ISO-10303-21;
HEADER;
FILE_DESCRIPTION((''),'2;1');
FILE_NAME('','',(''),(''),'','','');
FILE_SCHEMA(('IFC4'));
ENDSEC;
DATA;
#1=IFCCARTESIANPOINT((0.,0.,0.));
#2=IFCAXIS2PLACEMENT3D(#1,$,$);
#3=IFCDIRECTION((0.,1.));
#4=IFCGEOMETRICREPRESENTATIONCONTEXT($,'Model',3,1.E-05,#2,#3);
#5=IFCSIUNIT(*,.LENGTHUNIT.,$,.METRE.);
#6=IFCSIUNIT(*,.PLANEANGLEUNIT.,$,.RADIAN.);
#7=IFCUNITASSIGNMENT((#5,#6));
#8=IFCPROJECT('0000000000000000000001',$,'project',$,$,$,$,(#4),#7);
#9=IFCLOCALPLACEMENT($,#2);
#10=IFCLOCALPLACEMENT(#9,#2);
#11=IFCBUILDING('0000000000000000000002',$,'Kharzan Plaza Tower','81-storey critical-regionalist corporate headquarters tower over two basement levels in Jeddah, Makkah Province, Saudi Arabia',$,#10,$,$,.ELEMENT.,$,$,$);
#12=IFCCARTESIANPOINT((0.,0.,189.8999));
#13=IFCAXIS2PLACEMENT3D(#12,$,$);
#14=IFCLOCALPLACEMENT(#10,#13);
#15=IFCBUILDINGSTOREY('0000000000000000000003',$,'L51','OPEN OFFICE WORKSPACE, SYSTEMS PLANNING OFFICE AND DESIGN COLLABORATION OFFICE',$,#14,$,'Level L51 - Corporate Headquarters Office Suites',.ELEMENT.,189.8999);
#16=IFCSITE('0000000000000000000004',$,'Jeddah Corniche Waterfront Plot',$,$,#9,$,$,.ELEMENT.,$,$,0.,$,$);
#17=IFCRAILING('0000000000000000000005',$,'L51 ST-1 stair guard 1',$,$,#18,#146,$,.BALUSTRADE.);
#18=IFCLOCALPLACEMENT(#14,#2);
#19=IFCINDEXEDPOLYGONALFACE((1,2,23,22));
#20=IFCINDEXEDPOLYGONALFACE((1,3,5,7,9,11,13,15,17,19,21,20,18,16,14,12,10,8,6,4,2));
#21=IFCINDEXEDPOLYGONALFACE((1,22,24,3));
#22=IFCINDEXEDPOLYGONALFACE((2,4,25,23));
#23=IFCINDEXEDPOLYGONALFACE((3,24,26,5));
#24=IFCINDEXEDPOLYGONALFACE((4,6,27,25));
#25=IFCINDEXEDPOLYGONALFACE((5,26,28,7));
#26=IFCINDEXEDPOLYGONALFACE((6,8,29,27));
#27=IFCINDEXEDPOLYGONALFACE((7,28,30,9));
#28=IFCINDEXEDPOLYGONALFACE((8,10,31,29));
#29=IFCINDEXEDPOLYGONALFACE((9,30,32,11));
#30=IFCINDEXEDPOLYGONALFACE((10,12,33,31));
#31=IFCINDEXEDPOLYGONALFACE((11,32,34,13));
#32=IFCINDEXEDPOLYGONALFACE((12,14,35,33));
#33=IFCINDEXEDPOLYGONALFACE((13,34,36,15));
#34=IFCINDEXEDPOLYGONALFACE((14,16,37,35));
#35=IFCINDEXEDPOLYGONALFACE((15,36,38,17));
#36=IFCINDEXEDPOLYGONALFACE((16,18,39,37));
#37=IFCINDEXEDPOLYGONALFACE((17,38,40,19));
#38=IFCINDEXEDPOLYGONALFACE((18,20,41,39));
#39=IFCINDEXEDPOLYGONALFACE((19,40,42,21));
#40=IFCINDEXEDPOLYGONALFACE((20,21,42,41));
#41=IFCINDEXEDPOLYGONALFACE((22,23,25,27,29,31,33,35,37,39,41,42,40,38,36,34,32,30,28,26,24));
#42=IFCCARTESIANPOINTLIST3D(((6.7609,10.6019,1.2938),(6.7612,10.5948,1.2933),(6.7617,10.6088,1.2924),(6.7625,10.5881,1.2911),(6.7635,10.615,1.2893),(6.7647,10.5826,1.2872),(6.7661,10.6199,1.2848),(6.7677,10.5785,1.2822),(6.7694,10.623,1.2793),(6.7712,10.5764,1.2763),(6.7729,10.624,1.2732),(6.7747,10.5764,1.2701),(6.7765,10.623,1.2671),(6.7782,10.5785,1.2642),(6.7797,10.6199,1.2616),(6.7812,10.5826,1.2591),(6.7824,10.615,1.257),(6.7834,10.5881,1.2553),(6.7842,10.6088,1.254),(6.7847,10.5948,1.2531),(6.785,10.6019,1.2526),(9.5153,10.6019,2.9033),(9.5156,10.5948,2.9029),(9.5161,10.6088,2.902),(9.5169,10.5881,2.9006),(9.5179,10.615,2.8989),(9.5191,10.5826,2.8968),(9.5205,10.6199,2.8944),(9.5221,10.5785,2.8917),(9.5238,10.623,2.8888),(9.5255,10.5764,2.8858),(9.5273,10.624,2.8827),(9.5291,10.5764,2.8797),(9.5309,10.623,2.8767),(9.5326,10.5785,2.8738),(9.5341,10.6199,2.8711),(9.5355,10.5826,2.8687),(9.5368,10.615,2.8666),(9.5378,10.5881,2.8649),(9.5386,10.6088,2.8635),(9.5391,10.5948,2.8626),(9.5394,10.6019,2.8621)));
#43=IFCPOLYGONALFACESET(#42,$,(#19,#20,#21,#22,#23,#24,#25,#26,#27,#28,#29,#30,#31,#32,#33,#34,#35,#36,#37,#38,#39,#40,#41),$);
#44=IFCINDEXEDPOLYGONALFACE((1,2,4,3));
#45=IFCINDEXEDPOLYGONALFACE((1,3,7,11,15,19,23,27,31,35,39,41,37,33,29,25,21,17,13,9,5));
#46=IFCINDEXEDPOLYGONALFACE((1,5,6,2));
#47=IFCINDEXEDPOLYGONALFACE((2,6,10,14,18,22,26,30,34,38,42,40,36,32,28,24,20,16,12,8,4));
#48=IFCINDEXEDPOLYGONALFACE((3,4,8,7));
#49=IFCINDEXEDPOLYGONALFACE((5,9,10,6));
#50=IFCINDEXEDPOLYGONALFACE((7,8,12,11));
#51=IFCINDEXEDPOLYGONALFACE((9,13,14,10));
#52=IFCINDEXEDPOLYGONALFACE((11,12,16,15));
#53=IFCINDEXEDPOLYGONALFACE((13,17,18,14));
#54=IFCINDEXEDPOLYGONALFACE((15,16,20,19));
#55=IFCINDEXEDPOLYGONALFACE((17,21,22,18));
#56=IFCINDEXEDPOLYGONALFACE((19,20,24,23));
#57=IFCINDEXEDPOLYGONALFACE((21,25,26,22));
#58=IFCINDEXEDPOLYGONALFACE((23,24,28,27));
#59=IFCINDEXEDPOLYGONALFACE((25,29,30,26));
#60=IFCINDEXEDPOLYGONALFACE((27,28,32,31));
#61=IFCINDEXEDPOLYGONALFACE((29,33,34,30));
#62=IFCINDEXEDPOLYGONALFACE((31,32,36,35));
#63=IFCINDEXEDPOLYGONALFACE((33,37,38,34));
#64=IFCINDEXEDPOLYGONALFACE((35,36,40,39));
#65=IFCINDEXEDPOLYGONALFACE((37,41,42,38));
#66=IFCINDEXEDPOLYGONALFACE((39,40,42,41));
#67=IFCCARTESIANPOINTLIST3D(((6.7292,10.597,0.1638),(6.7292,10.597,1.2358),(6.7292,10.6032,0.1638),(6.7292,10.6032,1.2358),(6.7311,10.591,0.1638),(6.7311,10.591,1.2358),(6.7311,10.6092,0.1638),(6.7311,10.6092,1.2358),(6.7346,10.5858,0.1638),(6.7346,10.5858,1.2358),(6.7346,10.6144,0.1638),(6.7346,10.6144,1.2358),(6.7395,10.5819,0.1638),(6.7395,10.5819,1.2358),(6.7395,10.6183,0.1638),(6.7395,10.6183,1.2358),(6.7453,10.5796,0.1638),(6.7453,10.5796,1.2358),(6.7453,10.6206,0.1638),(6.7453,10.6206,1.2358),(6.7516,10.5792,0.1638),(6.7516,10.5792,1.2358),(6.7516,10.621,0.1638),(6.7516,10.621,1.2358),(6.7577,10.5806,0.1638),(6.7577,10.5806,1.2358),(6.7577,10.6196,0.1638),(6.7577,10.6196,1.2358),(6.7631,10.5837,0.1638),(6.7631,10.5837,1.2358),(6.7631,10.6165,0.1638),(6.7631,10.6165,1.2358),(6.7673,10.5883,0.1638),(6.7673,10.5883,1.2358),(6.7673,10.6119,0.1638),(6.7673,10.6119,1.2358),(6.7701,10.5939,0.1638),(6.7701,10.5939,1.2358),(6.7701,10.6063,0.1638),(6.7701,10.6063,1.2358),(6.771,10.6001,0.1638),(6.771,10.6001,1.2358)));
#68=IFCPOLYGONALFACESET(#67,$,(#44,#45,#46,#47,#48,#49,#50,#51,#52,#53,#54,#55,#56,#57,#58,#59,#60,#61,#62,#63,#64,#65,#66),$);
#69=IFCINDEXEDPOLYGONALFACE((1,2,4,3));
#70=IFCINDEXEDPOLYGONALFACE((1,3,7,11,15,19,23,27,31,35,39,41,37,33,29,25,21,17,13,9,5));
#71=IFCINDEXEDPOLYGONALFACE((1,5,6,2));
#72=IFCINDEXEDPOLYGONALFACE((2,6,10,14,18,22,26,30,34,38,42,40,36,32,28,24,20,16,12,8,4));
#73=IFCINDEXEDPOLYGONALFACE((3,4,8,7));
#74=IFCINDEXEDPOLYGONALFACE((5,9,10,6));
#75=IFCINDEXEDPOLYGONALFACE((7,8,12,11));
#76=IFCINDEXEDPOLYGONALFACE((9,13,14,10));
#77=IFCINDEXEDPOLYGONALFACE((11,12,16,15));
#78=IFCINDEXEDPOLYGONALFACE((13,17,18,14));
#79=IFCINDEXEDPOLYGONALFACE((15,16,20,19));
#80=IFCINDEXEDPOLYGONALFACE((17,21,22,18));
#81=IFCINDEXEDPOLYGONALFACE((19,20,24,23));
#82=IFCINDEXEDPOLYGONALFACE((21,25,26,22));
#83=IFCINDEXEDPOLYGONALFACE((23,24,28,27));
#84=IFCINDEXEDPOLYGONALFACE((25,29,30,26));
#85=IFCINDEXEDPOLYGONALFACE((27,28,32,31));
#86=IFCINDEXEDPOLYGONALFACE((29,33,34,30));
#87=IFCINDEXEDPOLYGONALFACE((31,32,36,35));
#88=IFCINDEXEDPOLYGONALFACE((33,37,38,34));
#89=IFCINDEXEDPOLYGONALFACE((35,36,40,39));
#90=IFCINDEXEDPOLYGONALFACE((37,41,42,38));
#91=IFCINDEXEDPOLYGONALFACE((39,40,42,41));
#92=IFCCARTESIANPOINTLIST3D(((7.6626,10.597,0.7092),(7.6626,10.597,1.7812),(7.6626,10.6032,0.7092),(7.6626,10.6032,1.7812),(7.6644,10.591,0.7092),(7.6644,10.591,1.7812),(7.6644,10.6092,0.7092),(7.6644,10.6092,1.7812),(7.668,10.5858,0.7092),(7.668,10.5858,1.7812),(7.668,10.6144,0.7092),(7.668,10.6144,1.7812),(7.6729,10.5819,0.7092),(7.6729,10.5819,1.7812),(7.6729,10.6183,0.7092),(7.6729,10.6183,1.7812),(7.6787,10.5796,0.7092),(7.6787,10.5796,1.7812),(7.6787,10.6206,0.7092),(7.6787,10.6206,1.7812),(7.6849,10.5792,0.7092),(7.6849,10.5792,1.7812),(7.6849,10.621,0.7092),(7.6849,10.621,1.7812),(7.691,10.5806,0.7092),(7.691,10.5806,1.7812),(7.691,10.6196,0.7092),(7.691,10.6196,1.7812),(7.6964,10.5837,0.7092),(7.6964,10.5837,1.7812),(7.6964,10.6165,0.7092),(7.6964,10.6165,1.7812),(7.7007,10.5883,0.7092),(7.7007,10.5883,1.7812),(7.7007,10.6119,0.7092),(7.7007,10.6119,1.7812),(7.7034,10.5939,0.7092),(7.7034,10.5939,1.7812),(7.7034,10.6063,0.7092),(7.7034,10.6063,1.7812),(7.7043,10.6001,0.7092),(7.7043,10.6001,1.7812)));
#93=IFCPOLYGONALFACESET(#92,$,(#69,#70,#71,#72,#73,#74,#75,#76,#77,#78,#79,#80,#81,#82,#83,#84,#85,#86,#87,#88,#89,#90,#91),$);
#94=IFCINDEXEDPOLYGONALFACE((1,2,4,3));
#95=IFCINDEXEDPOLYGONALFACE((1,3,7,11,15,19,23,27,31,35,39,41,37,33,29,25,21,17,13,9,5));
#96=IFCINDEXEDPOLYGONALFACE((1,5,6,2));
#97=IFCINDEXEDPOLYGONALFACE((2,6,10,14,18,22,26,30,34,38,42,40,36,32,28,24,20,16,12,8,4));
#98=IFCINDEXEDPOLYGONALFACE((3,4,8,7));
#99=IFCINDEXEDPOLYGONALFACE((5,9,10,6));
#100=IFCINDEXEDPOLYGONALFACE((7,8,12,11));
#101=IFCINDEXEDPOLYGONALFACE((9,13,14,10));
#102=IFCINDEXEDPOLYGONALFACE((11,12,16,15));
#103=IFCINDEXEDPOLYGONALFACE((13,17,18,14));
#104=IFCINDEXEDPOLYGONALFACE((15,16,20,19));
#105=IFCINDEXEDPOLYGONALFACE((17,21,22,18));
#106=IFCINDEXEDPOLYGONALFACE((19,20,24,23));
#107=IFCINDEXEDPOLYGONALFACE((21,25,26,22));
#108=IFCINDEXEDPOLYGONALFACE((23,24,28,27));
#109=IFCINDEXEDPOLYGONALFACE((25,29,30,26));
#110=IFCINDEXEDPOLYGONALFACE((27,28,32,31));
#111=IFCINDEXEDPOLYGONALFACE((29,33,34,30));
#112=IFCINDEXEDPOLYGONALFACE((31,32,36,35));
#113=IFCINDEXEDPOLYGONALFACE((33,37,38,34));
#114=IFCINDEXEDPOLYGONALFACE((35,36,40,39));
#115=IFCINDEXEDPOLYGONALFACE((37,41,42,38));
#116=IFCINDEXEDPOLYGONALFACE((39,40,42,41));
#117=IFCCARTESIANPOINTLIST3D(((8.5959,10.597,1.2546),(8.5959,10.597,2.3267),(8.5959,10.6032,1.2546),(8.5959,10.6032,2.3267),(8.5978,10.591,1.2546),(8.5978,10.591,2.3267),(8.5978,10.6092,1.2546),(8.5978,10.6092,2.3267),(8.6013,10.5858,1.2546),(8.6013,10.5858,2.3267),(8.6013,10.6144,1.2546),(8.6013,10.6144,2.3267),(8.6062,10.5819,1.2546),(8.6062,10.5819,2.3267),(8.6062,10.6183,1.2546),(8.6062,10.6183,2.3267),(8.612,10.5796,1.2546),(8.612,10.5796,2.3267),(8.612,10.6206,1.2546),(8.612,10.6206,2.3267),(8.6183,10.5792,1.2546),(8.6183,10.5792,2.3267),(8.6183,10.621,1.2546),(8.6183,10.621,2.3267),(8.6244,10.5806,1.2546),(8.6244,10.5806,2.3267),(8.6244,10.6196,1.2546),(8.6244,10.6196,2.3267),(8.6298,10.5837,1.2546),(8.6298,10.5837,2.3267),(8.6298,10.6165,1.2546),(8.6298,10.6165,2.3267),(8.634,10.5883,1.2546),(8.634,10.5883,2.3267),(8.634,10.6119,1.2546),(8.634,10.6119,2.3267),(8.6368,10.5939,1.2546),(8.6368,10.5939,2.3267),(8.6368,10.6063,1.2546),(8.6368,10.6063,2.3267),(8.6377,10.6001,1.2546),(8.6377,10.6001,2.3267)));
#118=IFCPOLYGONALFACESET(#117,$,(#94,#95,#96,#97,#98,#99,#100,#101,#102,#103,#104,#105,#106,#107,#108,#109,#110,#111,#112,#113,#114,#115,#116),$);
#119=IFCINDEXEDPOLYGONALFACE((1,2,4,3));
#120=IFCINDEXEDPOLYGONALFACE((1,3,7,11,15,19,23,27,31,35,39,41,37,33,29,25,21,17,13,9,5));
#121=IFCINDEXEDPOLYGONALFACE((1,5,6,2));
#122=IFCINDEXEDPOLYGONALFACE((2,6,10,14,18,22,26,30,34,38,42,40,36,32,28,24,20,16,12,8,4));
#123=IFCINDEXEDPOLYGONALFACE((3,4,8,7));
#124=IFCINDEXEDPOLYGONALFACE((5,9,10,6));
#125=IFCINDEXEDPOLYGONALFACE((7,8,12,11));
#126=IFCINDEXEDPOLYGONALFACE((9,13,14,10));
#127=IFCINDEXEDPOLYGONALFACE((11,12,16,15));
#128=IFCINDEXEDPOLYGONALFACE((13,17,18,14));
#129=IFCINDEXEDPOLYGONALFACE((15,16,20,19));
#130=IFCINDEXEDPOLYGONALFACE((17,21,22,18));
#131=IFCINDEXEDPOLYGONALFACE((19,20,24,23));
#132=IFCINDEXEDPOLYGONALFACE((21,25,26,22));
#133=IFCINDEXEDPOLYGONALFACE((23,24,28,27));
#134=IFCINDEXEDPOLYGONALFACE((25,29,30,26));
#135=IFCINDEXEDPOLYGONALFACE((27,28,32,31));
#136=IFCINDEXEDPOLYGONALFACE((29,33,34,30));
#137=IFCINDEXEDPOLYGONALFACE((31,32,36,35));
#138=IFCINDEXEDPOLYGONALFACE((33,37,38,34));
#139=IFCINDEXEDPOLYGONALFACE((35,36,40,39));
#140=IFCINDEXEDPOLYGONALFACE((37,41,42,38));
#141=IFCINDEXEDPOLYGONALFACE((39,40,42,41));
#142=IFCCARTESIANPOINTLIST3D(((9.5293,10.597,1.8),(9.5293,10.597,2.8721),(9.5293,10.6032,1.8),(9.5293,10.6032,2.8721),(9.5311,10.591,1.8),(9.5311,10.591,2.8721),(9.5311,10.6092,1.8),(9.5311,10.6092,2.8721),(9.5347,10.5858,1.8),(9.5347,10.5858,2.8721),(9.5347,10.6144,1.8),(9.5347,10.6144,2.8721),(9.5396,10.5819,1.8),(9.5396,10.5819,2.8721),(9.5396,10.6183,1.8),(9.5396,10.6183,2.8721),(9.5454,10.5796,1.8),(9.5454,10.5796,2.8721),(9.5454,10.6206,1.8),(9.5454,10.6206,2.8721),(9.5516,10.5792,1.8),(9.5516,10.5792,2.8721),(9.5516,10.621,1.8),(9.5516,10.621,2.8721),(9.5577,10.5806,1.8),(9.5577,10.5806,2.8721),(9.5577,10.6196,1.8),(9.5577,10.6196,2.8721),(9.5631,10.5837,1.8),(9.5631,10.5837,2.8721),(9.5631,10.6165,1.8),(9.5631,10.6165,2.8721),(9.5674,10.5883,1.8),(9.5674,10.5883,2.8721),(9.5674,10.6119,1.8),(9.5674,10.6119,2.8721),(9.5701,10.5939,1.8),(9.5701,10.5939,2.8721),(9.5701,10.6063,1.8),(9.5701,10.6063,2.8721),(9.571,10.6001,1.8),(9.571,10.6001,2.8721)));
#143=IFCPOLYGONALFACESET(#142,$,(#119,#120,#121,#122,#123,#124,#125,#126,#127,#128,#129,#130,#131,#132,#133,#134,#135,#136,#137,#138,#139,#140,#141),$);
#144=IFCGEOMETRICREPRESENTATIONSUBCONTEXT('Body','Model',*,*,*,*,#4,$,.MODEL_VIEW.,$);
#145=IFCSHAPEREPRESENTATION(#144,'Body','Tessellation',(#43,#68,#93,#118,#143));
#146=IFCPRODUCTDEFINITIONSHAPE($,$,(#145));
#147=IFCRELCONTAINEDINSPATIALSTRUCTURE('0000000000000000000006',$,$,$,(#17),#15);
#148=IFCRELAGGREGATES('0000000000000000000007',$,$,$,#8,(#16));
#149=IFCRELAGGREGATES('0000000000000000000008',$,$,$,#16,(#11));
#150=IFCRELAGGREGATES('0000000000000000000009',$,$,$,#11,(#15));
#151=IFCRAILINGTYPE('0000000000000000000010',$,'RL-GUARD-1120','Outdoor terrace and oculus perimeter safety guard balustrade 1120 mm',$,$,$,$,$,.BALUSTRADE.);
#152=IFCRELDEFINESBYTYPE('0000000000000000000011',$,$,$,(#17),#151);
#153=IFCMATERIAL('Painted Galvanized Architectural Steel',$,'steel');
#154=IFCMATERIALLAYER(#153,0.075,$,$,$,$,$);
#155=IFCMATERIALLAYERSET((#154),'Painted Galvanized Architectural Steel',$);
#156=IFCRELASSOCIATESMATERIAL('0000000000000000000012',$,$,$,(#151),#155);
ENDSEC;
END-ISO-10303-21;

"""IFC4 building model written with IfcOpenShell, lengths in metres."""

from ifc_helpers import new_model, si_unit, direction, frame, origin, origin_2d, place, context, subcontext, project, spatial, circle, extrude, source, transform, mapped, material, layer, layer_set, type_object, element, save


model = new_model("IFC4")

# Units and contexts
model_context = context("Model", 3, precision=1e-05, world=origin(), true_north=direction((0.0, 1.0)))
body_context = subcontext(model_context, "Body", "Model", "MODEL_VIEW")
ifc_project = project(units=[si_unit("LENGTHUNIT", "METRE"), si_unit("PLANEANGLEUNIT", "RADIAN")], contexts=[model_context])

# Site, building, storey
site_placement = place(None, origin())
site = spatial("IfcSite", under=ifc_project, at=site_placement, Name="Jeddah Corniche Waterfront Plot", CompositionType="ELEMENT", RefElevation=0.0)
building_placement = place(site_placement, origin())
building = spatial("IfcBuilding", under=site, at=building_placement, Name="Kharzan Plaza Tower", Description="81-storey critical-regionalist corporate headquarters tower over two basement levels in Jeddah, Makkah Province, Saudi Arabia", CompositionType="ELEMENT")
storey_placement = place(building_placement, frame((0.0, 0.0, 189.8999)))
storey = spatial("IfcBuildingStorey", under=building, at=storey_placement, Name="L51", Description="OPEN OFFICE WORKSPACE, SYSTEMS PLANNING OFFICE AND DESIGN COLLABORATION OFFICE", LongName="Level L51 - Corporate Headquarters Office Suites", CompositionType="ELEMENT", Elevation=189.8999)

# Railing
ifc_material_1 = material(Name="Painted Galvanized Architectural Steel", Category="steel")
ifc_layer_1 = layer(ifc_material_1, 0.075)
ifc_layer_set_1 = layer_set([ifc_layer_1], Name="Painted Galvanized Architectural Steel")
railing_type_1 = type_object("IfcRailingType", Name="RL-GUARD-1120", Description="Outdoor terrace and oculus perimeter safety guard balustrade 1120 mm", PredefinedType="BALUSTRADE", material=ifc_layer_set_1)
shared_shape_1 = source(origin(), body_context, "Body", "SweptSolid", [
    extrude(circle(Radius=0.0239, at=origin_2d()), frame((0.0229, 0.0, 1.1094), z_axis=(0.863394, 0.0, 0.504531), x_axis=(0.0, 1.0, 0.0)), (0.0, 0.0, 1.0), 3.1902),
    extrude(circle(Radius=0.021, at=origin_2d()), origin(), (0.0, 0.0, 1.0), 1.072),
    extrude(circle(Radius=0.021, at=origin_2d()), frame((0.9333, 0.0, 0.5454)), (0.0, 0.0, 1.0), 1.072),
    extrude(circle(Radius=0.021, at=origin_2d()), frame((1.8667, 0.0, 1.0908)), (0.0, 0.0, 1.0), 1.072),
    extrude(circle(Radius=0.021, at=origin_2d()), frame((2.8, 0.0, 1.6362)), (0.0, 0.0, 1.0), 1.072),
])
railing_1_placement = place(storey_placement, frame((6.75, 10.6001, 0.1638)))
element("IfcRailing", 1, at=railing_1_placement, inside=storey, type_object=railing_type_1, Name="L51 ST-1 stair guard 1", PredefinedType="BALUSTRADE", context=body_context, shape_type="MappedRepresentation", body=[
    mapped(shared_shape_1, transform((0.0, 0.0, 0.0), x_axis=(1.0, 0.0, 0.0), y_axis=(0.0, 1.0, 0.0), z_axis=(0.0, 0.0, 1.0))),
])

save(model, "model.ifc")
